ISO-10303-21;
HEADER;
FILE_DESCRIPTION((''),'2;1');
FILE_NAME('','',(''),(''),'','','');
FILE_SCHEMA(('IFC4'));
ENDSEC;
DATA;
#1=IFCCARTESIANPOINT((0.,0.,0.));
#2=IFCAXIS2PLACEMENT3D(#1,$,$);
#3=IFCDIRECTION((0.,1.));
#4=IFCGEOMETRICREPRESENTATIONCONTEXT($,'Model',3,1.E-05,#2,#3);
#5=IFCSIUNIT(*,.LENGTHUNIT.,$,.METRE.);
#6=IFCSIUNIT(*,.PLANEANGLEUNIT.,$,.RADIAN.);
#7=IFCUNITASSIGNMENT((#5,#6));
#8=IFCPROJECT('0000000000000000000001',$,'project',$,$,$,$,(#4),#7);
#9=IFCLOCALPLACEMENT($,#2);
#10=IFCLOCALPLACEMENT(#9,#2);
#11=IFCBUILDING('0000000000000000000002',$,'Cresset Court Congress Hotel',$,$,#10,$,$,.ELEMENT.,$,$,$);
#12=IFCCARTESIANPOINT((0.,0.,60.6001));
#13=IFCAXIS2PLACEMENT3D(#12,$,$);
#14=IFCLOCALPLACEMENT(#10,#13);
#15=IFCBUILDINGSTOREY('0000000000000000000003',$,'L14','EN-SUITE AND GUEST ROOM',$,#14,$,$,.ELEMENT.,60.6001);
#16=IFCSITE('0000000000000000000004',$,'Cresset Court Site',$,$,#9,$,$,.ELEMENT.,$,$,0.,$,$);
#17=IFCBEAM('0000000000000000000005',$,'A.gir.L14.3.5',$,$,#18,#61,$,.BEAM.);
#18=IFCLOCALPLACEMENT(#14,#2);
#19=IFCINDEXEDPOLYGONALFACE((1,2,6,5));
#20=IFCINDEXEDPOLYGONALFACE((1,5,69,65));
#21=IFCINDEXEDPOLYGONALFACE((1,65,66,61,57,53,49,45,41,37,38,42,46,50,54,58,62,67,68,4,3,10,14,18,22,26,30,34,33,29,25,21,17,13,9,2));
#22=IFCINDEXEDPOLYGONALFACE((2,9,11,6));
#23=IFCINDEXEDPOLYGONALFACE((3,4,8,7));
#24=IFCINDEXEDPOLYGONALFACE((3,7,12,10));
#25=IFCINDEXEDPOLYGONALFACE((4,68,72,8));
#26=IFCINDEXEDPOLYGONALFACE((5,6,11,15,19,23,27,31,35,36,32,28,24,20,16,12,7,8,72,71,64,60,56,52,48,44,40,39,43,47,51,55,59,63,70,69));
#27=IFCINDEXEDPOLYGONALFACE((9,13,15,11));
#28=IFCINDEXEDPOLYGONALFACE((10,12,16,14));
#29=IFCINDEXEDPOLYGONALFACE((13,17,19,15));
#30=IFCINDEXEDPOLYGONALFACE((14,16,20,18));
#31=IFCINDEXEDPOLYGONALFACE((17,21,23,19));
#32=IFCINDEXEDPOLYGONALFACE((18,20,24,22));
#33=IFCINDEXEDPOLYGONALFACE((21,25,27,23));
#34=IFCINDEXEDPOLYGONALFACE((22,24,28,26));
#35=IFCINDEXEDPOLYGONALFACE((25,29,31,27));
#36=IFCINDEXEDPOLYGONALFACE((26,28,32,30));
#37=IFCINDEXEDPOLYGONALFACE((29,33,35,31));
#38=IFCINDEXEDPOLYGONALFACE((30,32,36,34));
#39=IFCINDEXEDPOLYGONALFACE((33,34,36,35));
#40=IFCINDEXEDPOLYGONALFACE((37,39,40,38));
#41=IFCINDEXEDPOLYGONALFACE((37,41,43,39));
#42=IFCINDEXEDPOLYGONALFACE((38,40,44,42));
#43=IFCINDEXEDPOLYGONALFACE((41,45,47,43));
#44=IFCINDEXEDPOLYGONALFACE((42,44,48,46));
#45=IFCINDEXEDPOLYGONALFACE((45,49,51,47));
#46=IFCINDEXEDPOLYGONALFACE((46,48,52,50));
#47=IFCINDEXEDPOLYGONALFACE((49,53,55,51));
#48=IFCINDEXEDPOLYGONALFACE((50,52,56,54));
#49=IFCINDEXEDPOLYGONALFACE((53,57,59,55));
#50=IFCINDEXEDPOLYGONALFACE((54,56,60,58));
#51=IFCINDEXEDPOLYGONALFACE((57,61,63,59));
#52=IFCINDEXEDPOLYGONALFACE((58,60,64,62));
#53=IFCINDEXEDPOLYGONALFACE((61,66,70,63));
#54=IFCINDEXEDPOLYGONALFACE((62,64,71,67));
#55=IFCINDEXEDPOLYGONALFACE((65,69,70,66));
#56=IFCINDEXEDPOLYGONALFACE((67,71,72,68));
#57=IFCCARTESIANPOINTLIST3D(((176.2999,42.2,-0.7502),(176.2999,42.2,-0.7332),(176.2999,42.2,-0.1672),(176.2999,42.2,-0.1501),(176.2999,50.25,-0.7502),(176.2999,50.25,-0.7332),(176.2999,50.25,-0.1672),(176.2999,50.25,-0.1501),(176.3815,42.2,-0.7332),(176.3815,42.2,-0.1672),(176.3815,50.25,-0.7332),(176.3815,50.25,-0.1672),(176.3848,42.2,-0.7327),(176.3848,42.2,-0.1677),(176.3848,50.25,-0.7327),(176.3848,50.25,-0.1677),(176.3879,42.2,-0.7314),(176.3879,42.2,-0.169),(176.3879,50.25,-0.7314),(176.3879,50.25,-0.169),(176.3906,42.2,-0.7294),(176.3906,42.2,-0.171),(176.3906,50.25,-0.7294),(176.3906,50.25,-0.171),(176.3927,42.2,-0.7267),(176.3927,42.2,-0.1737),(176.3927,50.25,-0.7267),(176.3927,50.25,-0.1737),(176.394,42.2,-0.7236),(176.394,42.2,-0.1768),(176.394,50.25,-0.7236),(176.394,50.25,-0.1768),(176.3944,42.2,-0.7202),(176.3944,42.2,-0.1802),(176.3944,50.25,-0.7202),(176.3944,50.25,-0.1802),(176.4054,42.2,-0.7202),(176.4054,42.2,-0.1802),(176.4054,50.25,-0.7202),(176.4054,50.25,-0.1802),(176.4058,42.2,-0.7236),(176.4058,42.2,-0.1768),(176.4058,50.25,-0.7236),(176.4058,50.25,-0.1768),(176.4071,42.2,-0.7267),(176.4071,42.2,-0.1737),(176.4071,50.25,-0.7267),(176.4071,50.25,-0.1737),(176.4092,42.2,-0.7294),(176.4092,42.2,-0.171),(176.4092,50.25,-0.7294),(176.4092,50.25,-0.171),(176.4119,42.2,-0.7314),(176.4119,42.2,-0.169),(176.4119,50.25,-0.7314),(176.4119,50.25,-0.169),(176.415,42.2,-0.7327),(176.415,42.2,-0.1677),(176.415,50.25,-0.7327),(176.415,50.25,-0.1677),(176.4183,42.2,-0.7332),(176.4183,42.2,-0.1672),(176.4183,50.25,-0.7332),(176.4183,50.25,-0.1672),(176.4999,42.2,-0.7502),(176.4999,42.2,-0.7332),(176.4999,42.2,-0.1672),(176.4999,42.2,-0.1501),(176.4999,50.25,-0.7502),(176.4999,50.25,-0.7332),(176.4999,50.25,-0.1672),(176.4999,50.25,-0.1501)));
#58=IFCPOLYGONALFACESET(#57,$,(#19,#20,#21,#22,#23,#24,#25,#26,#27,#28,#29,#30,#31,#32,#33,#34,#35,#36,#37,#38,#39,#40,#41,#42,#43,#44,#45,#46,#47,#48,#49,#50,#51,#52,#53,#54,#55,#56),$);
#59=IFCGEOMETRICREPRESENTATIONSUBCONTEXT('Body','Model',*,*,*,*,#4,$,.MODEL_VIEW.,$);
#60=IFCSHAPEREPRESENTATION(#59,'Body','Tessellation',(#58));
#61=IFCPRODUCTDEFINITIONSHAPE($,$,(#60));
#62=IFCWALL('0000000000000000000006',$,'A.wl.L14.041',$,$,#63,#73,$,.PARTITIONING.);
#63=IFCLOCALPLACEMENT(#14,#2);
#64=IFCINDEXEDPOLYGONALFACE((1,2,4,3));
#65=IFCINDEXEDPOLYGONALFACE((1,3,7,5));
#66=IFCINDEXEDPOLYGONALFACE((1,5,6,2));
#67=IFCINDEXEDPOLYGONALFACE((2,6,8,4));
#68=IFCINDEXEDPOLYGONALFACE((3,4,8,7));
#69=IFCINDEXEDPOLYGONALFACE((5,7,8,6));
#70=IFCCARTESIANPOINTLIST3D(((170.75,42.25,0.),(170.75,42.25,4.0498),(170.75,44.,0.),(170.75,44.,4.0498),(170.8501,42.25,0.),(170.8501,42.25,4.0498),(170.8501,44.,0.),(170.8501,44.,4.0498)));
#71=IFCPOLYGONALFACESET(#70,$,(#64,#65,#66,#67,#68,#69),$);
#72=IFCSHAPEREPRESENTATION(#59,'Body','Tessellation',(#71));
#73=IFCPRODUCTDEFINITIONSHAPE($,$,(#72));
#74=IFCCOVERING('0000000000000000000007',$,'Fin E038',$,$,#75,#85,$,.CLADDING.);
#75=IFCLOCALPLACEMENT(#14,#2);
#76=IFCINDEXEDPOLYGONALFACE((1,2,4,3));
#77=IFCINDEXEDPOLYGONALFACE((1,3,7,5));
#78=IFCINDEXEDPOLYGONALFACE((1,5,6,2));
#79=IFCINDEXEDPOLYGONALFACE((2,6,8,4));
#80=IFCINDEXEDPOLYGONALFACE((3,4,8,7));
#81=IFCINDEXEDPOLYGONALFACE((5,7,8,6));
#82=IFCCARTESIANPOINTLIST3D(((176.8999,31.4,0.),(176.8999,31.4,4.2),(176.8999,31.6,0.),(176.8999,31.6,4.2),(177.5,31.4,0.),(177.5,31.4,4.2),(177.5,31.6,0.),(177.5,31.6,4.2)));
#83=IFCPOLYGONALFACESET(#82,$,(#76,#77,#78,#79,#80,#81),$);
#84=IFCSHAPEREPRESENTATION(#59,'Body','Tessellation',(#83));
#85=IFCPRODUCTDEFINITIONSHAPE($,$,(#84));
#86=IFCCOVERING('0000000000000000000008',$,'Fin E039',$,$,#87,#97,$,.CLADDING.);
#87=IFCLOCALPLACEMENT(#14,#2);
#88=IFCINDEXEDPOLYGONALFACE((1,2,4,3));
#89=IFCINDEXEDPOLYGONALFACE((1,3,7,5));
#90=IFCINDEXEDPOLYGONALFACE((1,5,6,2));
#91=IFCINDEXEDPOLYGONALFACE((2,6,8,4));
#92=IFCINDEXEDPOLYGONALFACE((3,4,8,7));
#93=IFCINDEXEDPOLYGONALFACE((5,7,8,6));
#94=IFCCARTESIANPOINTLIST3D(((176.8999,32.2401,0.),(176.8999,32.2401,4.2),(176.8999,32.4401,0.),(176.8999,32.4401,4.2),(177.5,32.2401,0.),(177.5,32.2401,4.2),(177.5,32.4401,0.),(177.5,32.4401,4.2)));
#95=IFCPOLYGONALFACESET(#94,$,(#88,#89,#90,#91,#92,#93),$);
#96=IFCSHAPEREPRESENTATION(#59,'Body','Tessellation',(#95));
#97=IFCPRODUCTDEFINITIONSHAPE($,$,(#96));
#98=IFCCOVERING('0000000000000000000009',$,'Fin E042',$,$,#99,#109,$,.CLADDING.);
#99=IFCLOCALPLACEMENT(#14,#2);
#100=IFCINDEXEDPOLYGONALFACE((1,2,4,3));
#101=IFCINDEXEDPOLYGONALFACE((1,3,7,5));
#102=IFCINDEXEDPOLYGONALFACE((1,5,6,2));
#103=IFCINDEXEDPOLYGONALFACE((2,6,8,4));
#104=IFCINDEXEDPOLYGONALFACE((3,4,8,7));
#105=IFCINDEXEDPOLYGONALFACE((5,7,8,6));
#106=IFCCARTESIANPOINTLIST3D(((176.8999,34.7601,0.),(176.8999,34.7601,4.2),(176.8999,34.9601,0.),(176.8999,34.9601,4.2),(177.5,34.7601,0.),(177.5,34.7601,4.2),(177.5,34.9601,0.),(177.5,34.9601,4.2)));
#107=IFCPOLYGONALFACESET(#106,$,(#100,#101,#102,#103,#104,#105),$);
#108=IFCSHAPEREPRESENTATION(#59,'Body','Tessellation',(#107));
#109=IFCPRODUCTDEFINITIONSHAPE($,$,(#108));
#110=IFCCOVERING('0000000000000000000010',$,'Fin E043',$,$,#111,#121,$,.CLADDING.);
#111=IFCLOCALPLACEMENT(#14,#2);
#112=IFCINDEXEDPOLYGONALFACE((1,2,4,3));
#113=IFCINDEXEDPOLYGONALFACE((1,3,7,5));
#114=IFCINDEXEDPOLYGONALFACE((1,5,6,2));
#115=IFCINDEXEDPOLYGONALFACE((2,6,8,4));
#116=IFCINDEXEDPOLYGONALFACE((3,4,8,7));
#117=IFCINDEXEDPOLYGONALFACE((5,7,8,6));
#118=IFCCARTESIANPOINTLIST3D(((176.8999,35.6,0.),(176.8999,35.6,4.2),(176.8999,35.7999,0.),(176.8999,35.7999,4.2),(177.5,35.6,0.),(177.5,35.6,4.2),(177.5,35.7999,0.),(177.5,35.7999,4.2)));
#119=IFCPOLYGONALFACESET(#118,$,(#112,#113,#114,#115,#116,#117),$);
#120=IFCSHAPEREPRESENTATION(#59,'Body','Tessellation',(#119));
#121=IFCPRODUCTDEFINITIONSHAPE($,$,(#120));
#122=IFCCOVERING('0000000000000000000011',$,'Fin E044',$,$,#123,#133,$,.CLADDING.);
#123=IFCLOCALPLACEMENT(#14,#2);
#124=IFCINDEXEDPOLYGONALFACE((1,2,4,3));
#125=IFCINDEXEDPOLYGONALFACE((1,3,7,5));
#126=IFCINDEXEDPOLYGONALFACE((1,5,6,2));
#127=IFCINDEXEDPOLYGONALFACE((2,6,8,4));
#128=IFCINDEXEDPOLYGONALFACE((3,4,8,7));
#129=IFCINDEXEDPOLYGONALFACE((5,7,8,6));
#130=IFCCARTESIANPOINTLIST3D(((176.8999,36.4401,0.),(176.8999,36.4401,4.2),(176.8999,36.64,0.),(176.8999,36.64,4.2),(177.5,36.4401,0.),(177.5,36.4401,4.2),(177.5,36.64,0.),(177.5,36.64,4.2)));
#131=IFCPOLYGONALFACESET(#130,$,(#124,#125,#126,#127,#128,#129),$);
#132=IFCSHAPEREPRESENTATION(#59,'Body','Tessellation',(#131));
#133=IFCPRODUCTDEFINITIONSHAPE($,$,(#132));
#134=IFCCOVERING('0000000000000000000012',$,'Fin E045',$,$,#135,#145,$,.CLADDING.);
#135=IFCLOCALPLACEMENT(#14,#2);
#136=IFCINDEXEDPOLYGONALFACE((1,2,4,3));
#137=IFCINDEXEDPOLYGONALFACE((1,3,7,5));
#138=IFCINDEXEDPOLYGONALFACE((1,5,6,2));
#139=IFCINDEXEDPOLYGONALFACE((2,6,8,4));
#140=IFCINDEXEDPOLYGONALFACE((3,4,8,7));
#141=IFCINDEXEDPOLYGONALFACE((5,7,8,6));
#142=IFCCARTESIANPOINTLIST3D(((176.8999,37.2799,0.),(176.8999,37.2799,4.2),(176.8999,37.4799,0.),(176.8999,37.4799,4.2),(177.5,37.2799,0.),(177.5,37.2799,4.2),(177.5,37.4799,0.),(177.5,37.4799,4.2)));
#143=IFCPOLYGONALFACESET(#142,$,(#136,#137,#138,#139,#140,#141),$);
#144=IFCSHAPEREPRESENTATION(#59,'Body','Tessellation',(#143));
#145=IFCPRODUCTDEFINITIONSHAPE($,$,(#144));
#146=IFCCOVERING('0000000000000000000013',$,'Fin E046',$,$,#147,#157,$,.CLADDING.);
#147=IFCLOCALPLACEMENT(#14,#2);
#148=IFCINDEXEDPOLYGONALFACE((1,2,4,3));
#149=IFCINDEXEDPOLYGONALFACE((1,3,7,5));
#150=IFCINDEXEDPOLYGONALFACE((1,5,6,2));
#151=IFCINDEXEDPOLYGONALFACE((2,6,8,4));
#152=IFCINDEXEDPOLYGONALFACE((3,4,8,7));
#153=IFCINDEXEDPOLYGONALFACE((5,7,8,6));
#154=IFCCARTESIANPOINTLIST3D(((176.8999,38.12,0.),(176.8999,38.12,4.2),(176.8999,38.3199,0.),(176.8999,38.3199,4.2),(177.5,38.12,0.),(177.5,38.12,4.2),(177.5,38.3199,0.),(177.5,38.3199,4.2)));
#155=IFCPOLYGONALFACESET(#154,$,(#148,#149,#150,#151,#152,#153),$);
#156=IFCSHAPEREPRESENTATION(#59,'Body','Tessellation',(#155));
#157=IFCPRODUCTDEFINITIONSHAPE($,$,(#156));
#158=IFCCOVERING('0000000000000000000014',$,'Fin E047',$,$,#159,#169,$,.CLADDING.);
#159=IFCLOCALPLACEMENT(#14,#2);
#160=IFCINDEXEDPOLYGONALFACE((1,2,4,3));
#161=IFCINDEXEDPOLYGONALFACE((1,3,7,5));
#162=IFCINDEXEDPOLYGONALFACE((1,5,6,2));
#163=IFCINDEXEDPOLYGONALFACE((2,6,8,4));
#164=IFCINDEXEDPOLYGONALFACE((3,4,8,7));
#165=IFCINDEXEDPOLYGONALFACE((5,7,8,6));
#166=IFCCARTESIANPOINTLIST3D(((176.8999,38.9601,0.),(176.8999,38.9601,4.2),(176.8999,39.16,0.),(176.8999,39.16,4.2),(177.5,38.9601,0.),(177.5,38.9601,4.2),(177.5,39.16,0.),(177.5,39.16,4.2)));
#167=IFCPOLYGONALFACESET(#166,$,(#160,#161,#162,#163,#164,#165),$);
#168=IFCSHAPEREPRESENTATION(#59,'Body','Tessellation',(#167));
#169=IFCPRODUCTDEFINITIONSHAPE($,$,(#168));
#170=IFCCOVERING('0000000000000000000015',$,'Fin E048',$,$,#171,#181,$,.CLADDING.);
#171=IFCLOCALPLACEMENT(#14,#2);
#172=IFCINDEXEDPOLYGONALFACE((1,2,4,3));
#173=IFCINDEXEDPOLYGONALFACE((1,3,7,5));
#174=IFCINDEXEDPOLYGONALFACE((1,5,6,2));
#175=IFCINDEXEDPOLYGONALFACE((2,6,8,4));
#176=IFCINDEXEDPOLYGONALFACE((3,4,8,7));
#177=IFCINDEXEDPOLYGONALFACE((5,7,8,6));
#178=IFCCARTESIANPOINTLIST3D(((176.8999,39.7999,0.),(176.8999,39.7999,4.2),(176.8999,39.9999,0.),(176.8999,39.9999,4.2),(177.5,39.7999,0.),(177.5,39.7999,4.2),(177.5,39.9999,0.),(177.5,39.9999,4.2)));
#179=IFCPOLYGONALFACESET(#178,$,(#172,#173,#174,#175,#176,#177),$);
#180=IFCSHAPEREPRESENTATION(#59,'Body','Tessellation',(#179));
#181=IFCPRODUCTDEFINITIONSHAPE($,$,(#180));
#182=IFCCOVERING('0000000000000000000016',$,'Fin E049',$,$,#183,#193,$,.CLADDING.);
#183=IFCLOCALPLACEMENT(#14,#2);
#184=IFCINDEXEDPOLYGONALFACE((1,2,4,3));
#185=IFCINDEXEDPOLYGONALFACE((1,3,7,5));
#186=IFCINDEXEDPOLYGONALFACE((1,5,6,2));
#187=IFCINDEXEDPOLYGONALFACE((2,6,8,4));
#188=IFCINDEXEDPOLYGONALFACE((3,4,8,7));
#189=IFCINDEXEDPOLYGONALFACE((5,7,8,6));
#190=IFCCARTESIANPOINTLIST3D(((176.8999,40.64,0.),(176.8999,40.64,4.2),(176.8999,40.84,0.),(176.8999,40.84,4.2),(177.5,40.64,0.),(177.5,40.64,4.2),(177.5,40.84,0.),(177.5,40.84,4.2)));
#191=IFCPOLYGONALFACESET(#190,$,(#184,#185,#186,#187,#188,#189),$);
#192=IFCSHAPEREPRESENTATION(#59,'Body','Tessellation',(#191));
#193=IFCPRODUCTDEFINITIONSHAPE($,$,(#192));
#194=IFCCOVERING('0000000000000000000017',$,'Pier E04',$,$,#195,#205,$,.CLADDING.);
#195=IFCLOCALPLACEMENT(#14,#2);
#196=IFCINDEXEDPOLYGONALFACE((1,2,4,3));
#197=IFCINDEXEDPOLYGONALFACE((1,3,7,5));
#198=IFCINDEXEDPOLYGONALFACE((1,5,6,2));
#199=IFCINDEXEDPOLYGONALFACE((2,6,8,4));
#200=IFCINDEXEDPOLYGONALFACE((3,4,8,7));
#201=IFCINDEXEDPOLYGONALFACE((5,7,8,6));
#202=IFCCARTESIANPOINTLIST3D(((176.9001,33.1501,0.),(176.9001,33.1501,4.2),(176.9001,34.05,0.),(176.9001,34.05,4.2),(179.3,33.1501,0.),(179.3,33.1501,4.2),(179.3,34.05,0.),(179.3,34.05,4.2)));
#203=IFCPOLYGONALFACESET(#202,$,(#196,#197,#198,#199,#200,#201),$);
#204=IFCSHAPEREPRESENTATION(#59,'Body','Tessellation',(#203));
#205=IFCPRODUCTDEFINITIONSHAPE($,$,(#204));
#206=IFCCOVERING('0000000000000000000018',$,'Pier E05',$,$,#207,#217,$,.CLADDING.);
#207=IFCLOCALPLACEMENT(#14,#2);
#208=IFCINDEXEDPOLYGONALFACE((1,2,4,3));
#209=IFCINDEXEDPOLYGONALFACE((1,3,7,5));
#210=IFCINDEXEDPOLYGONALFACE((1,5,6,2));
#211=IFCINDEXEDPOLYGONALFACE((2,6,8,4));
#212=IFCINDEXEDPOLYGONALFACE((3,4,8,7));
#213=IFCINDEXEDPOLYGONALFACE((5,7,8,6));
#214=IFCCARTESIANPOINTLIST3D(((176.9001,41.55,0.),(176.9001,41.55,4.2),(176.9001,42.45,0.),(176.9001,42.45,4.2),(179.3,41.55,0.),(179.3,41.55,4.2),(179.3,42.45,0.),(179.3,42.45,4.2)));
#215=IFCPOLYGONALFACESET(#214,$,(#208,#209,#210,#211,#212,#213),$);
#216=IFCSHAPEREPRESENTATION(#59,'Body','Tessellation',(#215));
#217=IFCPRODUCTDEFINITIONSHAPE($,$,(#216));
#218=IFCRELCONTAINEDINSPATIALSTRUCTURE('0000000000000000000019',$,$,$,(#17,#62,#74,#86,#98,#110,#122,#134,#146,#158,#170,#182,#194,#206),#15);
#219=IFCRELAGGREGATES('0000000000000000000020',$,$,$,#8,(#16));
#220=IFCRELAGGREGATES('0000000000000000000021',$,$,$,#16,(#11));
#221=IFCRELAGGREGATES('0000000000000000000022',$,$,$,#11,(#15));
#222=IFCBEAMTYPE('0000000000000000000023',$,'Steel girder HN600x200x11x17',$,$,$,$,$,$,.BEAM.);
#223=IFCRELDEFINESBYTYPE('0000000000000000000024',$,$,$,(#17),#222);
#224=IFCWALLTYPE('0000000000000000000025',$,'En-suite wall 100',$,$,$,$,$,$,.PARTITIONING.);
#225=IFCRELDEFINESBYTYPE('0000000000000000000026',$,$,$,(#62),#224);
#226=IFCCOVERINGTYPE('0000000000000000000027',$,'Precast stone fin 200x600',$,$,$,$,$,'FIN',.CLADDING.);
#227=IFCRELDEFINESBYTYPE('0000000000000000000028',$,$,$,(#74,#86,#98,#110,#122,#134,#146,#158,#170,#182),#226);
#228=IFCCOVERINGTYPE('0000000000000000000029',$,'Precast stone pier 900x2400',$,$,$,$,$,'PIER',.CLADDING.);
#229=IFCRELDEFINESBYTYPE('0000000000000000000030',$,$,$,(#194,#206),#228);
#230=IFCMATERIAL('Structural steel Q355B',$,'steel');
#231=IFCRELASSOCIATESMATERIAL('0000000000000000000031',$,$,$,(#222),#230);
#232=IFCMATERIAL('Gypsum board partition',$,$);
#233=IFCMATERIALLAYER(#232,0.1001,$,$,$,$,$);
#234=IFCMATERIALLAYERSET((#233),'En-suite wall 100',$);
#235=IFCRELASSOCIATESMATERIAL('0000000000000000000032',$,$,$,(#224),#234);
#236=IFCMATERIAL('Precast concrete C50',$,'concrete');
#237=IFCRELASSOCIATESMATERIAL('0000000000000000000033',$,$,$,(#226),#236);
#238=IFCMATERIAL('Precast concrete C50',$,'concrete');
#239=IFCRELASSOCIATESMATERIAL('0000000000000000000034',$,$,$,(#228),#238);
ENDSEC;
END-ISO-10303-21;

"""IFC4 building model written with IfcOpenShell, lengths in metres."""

from ifc_helpers import new_model, si_unit, direction, frame, frame_2d, origin, origin_2d, place, context, subcontext, project, spatial, rectangle, i_section, extrude, material, layer, layer_set, material_profile, profile_set, type_object, element, save


model = new_model("IFC4")

# Units and contexts
model_context = context("Model", 3, precision=1e-05, world=origin(), true_north=direction((0.0, 1.0)))
body_context = subcontext(model_context, "Body", "Model", "MODEL_VIEW")
ifc_project = project(units=[si_unit("LENGTHUNIT", "METRE"), si_unit("PLANEANGLEUNIT", "RADIAN")], contexts=[model_context])

# Site, building, storey
site_placement = place(None, origin())
site = spatial("IfcSite", under=ifc_project, at=site_placement, Name="Cresset Court Site", CompositionType="ELEMENT", RefElevation=0.0)
building_placement = place(site_placement, origin())
building = spatial("IfcBuilding", under=site, at=building_placement, Name="Cresset Court Congress Hotel", CompositionType="ELEMENT")
storey_placement = place(building_placement, frame((0.0, 0.0, 60.6001)))
storey = spatial("IfcBuildingStorey", under=building, at=storey_placement, Name="L14", Description="EN-SUITE AND GUEST ROOM", CompositionType="ELEMENT", Elevation=60.6001)

# Beam
ifc_material_1 = material(Name="Structural steel Q355B", Category="steel")
ifc_material_profile = material_profile(ifc_material_1, i_section(OverallWidth=0.2, OverallDepth=0.6001, WebThickness=0.011, FlangeThickness=0.0171, FilletRadius=0.0129, at=origin_2d()), Name="HN600x200x11x17")
ifc_profile_set = profile_set([ifc_material_profile], Name="Structural steel Q355B")
beam_type = type_object("IfcBeamType", Name="Steel girder HN600x200x11x17", PredefinedType="BEAM", material=ifc_profile_set)
beam_placement = place(storey_placement, frame((176.3999, 42.2, -0.4502), z_axis=(0.0, 1.0, 0.0), x_axis=(-1.0, 0.0, 0.0)))
element("IfcBeam", 1, at=beam_placement, inside=storey, type_object=beam_type, Name="A.gir.L14.3.5", PredefinedType="BEAM", context=body_context, shape_type="SweptSolid", body=[
    extrude(i_section(OverallWidth=0.2, OverallDepth=0.6001, WebThickness=0.011, FlangeThickness=0.0171, FilletRadius=0.0129, at=origin_2d()), origin(), (0.0, 0.0, 1.0), 8.05),
])

# Wall
ifc_material_2 = material(Name="Gypsum board partition")
ifc_layer = layer(ifc_material_2, 0.1001)
ifc_layer_set = layer_set([ifc_layer], Name="En-suite wall 100")
wall_type = type_object("IfcWallType", Name="En-suite wall 100", PredefinedType="PARTITIONING", material=ifc_layer_set)
wall_placement = place(storey_placement, frame((170.8, 42.25, 0.0), z_axis=(0.0, 0.0, 1.0), x_axis=(0.0, 1.0, 0.0)))
element("IfcWall", 2, at=wall_placement, inside=storey, type_object=wall_type, Name="A.wl.L14.041", PredefinedType="PARTITIONING", context=body_context, shape_type="SweptSolid", body=[
    extrude(rectangle(XDim=1.75, YDim=0.1001, at=frame_2d((0.875, 0.0))), origin(), (0.0, 0.0, 1.0), 4.0498),
])

# Coverings
ifc_material_3 = material(Name="Precast concrete C50", Category="concrete")
covering_type_1 = type_object("IfcCoveringType", Name="Precast stone fin 200x600", ElementType="FIN", PredefinedType="CLADDING", material=ifc_material_3)
for number, where, z_axis, x_axis, name in (
    (3, (177.2, 31.5, 0.0), (0.0, 0.0, 1.0), (1.0, 0.0, 0.0), "Fin E038"),
    (4, (177.2, 32.3401, 0.0), (0.0, 0.0, 1.0), (1.0, 0.0, 0.0), "Fin E039"),
    (5, (177.2, 34.8601, 0.0), (0.0, 0.0, 1.0), (1.0, 0.0, 0.0), "Fin E042"),
    (6, (177.2, 35.7, 0.0), (0.0, 0.0, 1.0), (1.0, 0.0, 0.0), "Fin E043"),
    (7, (177.2, 36.54, 0.0), (0.0, 0.0, 1.0), (1.0, 0.0, 0.0), "Fin E044"),
    (8, (177.2, 37.3799, 0.0), (0.0, 0.0, 1.0), (1.0, 0.0, 0.0), "Fin E045"),
    (9, (177.2, 38.22, 0.0), (0.0, 0.0, 1.0), (1.0, 0.0, 0.0), "Fin E046"),
    (10, (177.2, 39.0601, 0.0), (0.0, 0.0, 1.0), (1.0, 0.0, 0.0), "Fin E047"),
    (11, (177.2, 39.8999, 0.0), (0.0, 0.0, 1.0), (1.0, 0.0, 0.0), "Fin E048"),
    (12, (177.2, 40.74, 0.0), (0.0, 0.0, 1.0), (1.0, 0.0, 0.0), "Fin E049"),
):
    element("IfcCovering", number, at=place(storey_placement, frame(where, z_axis=z_axis, x_axis=x_axis)), inside=storey, type_object=covering_type_1, Name=name, PredefinedType="CLADDING", context=body_context, shape_type="SweptSolid", body=[
        extrude(rectangle(XDim=0.6001, YDim=0.2, at=origin_2d()), origin(), (0.0, 0.0, 1.0), 4.2),
    ])
ifc_material_4 = material(Name="Precast concrete C50", Category="concrete")
covering_type_2 = type_object("IfcCoveringType", Name="Precast stone pier 900x2400", ElementType="PIER", PredefinedType="CLADDING", material=ifc_material_4)
for number, where, z_axis, x_axis, name in (
    (13, (178.1001, 33.6001, 0.0), (0.0, 0.0, 1.0), (1.0, 0.0, 0.0), "Pier E04"),
    (14, (178.1001, 42.0, 0.0), (0.0, 0.0, 1.0), (1.0, 0.0, 0.0), "Pier E05"),
):
    element("IfcCovering", number, at=place(storey_placement, frame(where, z_axis=z_axis, x_axis=x_axis)), inside=storey, type_object=covering_type_2, Name=name, PredefinedType="CLADDING", context=body_context, shape_type="SweptSolid", body=[
        extrude(rectangle(XDim=2.3999, YDim=0.8999, at=origin_2d()), origin(), (0.0, 0.0, 1.0), 4.2),
    ])

save(model, "model.ifc")
